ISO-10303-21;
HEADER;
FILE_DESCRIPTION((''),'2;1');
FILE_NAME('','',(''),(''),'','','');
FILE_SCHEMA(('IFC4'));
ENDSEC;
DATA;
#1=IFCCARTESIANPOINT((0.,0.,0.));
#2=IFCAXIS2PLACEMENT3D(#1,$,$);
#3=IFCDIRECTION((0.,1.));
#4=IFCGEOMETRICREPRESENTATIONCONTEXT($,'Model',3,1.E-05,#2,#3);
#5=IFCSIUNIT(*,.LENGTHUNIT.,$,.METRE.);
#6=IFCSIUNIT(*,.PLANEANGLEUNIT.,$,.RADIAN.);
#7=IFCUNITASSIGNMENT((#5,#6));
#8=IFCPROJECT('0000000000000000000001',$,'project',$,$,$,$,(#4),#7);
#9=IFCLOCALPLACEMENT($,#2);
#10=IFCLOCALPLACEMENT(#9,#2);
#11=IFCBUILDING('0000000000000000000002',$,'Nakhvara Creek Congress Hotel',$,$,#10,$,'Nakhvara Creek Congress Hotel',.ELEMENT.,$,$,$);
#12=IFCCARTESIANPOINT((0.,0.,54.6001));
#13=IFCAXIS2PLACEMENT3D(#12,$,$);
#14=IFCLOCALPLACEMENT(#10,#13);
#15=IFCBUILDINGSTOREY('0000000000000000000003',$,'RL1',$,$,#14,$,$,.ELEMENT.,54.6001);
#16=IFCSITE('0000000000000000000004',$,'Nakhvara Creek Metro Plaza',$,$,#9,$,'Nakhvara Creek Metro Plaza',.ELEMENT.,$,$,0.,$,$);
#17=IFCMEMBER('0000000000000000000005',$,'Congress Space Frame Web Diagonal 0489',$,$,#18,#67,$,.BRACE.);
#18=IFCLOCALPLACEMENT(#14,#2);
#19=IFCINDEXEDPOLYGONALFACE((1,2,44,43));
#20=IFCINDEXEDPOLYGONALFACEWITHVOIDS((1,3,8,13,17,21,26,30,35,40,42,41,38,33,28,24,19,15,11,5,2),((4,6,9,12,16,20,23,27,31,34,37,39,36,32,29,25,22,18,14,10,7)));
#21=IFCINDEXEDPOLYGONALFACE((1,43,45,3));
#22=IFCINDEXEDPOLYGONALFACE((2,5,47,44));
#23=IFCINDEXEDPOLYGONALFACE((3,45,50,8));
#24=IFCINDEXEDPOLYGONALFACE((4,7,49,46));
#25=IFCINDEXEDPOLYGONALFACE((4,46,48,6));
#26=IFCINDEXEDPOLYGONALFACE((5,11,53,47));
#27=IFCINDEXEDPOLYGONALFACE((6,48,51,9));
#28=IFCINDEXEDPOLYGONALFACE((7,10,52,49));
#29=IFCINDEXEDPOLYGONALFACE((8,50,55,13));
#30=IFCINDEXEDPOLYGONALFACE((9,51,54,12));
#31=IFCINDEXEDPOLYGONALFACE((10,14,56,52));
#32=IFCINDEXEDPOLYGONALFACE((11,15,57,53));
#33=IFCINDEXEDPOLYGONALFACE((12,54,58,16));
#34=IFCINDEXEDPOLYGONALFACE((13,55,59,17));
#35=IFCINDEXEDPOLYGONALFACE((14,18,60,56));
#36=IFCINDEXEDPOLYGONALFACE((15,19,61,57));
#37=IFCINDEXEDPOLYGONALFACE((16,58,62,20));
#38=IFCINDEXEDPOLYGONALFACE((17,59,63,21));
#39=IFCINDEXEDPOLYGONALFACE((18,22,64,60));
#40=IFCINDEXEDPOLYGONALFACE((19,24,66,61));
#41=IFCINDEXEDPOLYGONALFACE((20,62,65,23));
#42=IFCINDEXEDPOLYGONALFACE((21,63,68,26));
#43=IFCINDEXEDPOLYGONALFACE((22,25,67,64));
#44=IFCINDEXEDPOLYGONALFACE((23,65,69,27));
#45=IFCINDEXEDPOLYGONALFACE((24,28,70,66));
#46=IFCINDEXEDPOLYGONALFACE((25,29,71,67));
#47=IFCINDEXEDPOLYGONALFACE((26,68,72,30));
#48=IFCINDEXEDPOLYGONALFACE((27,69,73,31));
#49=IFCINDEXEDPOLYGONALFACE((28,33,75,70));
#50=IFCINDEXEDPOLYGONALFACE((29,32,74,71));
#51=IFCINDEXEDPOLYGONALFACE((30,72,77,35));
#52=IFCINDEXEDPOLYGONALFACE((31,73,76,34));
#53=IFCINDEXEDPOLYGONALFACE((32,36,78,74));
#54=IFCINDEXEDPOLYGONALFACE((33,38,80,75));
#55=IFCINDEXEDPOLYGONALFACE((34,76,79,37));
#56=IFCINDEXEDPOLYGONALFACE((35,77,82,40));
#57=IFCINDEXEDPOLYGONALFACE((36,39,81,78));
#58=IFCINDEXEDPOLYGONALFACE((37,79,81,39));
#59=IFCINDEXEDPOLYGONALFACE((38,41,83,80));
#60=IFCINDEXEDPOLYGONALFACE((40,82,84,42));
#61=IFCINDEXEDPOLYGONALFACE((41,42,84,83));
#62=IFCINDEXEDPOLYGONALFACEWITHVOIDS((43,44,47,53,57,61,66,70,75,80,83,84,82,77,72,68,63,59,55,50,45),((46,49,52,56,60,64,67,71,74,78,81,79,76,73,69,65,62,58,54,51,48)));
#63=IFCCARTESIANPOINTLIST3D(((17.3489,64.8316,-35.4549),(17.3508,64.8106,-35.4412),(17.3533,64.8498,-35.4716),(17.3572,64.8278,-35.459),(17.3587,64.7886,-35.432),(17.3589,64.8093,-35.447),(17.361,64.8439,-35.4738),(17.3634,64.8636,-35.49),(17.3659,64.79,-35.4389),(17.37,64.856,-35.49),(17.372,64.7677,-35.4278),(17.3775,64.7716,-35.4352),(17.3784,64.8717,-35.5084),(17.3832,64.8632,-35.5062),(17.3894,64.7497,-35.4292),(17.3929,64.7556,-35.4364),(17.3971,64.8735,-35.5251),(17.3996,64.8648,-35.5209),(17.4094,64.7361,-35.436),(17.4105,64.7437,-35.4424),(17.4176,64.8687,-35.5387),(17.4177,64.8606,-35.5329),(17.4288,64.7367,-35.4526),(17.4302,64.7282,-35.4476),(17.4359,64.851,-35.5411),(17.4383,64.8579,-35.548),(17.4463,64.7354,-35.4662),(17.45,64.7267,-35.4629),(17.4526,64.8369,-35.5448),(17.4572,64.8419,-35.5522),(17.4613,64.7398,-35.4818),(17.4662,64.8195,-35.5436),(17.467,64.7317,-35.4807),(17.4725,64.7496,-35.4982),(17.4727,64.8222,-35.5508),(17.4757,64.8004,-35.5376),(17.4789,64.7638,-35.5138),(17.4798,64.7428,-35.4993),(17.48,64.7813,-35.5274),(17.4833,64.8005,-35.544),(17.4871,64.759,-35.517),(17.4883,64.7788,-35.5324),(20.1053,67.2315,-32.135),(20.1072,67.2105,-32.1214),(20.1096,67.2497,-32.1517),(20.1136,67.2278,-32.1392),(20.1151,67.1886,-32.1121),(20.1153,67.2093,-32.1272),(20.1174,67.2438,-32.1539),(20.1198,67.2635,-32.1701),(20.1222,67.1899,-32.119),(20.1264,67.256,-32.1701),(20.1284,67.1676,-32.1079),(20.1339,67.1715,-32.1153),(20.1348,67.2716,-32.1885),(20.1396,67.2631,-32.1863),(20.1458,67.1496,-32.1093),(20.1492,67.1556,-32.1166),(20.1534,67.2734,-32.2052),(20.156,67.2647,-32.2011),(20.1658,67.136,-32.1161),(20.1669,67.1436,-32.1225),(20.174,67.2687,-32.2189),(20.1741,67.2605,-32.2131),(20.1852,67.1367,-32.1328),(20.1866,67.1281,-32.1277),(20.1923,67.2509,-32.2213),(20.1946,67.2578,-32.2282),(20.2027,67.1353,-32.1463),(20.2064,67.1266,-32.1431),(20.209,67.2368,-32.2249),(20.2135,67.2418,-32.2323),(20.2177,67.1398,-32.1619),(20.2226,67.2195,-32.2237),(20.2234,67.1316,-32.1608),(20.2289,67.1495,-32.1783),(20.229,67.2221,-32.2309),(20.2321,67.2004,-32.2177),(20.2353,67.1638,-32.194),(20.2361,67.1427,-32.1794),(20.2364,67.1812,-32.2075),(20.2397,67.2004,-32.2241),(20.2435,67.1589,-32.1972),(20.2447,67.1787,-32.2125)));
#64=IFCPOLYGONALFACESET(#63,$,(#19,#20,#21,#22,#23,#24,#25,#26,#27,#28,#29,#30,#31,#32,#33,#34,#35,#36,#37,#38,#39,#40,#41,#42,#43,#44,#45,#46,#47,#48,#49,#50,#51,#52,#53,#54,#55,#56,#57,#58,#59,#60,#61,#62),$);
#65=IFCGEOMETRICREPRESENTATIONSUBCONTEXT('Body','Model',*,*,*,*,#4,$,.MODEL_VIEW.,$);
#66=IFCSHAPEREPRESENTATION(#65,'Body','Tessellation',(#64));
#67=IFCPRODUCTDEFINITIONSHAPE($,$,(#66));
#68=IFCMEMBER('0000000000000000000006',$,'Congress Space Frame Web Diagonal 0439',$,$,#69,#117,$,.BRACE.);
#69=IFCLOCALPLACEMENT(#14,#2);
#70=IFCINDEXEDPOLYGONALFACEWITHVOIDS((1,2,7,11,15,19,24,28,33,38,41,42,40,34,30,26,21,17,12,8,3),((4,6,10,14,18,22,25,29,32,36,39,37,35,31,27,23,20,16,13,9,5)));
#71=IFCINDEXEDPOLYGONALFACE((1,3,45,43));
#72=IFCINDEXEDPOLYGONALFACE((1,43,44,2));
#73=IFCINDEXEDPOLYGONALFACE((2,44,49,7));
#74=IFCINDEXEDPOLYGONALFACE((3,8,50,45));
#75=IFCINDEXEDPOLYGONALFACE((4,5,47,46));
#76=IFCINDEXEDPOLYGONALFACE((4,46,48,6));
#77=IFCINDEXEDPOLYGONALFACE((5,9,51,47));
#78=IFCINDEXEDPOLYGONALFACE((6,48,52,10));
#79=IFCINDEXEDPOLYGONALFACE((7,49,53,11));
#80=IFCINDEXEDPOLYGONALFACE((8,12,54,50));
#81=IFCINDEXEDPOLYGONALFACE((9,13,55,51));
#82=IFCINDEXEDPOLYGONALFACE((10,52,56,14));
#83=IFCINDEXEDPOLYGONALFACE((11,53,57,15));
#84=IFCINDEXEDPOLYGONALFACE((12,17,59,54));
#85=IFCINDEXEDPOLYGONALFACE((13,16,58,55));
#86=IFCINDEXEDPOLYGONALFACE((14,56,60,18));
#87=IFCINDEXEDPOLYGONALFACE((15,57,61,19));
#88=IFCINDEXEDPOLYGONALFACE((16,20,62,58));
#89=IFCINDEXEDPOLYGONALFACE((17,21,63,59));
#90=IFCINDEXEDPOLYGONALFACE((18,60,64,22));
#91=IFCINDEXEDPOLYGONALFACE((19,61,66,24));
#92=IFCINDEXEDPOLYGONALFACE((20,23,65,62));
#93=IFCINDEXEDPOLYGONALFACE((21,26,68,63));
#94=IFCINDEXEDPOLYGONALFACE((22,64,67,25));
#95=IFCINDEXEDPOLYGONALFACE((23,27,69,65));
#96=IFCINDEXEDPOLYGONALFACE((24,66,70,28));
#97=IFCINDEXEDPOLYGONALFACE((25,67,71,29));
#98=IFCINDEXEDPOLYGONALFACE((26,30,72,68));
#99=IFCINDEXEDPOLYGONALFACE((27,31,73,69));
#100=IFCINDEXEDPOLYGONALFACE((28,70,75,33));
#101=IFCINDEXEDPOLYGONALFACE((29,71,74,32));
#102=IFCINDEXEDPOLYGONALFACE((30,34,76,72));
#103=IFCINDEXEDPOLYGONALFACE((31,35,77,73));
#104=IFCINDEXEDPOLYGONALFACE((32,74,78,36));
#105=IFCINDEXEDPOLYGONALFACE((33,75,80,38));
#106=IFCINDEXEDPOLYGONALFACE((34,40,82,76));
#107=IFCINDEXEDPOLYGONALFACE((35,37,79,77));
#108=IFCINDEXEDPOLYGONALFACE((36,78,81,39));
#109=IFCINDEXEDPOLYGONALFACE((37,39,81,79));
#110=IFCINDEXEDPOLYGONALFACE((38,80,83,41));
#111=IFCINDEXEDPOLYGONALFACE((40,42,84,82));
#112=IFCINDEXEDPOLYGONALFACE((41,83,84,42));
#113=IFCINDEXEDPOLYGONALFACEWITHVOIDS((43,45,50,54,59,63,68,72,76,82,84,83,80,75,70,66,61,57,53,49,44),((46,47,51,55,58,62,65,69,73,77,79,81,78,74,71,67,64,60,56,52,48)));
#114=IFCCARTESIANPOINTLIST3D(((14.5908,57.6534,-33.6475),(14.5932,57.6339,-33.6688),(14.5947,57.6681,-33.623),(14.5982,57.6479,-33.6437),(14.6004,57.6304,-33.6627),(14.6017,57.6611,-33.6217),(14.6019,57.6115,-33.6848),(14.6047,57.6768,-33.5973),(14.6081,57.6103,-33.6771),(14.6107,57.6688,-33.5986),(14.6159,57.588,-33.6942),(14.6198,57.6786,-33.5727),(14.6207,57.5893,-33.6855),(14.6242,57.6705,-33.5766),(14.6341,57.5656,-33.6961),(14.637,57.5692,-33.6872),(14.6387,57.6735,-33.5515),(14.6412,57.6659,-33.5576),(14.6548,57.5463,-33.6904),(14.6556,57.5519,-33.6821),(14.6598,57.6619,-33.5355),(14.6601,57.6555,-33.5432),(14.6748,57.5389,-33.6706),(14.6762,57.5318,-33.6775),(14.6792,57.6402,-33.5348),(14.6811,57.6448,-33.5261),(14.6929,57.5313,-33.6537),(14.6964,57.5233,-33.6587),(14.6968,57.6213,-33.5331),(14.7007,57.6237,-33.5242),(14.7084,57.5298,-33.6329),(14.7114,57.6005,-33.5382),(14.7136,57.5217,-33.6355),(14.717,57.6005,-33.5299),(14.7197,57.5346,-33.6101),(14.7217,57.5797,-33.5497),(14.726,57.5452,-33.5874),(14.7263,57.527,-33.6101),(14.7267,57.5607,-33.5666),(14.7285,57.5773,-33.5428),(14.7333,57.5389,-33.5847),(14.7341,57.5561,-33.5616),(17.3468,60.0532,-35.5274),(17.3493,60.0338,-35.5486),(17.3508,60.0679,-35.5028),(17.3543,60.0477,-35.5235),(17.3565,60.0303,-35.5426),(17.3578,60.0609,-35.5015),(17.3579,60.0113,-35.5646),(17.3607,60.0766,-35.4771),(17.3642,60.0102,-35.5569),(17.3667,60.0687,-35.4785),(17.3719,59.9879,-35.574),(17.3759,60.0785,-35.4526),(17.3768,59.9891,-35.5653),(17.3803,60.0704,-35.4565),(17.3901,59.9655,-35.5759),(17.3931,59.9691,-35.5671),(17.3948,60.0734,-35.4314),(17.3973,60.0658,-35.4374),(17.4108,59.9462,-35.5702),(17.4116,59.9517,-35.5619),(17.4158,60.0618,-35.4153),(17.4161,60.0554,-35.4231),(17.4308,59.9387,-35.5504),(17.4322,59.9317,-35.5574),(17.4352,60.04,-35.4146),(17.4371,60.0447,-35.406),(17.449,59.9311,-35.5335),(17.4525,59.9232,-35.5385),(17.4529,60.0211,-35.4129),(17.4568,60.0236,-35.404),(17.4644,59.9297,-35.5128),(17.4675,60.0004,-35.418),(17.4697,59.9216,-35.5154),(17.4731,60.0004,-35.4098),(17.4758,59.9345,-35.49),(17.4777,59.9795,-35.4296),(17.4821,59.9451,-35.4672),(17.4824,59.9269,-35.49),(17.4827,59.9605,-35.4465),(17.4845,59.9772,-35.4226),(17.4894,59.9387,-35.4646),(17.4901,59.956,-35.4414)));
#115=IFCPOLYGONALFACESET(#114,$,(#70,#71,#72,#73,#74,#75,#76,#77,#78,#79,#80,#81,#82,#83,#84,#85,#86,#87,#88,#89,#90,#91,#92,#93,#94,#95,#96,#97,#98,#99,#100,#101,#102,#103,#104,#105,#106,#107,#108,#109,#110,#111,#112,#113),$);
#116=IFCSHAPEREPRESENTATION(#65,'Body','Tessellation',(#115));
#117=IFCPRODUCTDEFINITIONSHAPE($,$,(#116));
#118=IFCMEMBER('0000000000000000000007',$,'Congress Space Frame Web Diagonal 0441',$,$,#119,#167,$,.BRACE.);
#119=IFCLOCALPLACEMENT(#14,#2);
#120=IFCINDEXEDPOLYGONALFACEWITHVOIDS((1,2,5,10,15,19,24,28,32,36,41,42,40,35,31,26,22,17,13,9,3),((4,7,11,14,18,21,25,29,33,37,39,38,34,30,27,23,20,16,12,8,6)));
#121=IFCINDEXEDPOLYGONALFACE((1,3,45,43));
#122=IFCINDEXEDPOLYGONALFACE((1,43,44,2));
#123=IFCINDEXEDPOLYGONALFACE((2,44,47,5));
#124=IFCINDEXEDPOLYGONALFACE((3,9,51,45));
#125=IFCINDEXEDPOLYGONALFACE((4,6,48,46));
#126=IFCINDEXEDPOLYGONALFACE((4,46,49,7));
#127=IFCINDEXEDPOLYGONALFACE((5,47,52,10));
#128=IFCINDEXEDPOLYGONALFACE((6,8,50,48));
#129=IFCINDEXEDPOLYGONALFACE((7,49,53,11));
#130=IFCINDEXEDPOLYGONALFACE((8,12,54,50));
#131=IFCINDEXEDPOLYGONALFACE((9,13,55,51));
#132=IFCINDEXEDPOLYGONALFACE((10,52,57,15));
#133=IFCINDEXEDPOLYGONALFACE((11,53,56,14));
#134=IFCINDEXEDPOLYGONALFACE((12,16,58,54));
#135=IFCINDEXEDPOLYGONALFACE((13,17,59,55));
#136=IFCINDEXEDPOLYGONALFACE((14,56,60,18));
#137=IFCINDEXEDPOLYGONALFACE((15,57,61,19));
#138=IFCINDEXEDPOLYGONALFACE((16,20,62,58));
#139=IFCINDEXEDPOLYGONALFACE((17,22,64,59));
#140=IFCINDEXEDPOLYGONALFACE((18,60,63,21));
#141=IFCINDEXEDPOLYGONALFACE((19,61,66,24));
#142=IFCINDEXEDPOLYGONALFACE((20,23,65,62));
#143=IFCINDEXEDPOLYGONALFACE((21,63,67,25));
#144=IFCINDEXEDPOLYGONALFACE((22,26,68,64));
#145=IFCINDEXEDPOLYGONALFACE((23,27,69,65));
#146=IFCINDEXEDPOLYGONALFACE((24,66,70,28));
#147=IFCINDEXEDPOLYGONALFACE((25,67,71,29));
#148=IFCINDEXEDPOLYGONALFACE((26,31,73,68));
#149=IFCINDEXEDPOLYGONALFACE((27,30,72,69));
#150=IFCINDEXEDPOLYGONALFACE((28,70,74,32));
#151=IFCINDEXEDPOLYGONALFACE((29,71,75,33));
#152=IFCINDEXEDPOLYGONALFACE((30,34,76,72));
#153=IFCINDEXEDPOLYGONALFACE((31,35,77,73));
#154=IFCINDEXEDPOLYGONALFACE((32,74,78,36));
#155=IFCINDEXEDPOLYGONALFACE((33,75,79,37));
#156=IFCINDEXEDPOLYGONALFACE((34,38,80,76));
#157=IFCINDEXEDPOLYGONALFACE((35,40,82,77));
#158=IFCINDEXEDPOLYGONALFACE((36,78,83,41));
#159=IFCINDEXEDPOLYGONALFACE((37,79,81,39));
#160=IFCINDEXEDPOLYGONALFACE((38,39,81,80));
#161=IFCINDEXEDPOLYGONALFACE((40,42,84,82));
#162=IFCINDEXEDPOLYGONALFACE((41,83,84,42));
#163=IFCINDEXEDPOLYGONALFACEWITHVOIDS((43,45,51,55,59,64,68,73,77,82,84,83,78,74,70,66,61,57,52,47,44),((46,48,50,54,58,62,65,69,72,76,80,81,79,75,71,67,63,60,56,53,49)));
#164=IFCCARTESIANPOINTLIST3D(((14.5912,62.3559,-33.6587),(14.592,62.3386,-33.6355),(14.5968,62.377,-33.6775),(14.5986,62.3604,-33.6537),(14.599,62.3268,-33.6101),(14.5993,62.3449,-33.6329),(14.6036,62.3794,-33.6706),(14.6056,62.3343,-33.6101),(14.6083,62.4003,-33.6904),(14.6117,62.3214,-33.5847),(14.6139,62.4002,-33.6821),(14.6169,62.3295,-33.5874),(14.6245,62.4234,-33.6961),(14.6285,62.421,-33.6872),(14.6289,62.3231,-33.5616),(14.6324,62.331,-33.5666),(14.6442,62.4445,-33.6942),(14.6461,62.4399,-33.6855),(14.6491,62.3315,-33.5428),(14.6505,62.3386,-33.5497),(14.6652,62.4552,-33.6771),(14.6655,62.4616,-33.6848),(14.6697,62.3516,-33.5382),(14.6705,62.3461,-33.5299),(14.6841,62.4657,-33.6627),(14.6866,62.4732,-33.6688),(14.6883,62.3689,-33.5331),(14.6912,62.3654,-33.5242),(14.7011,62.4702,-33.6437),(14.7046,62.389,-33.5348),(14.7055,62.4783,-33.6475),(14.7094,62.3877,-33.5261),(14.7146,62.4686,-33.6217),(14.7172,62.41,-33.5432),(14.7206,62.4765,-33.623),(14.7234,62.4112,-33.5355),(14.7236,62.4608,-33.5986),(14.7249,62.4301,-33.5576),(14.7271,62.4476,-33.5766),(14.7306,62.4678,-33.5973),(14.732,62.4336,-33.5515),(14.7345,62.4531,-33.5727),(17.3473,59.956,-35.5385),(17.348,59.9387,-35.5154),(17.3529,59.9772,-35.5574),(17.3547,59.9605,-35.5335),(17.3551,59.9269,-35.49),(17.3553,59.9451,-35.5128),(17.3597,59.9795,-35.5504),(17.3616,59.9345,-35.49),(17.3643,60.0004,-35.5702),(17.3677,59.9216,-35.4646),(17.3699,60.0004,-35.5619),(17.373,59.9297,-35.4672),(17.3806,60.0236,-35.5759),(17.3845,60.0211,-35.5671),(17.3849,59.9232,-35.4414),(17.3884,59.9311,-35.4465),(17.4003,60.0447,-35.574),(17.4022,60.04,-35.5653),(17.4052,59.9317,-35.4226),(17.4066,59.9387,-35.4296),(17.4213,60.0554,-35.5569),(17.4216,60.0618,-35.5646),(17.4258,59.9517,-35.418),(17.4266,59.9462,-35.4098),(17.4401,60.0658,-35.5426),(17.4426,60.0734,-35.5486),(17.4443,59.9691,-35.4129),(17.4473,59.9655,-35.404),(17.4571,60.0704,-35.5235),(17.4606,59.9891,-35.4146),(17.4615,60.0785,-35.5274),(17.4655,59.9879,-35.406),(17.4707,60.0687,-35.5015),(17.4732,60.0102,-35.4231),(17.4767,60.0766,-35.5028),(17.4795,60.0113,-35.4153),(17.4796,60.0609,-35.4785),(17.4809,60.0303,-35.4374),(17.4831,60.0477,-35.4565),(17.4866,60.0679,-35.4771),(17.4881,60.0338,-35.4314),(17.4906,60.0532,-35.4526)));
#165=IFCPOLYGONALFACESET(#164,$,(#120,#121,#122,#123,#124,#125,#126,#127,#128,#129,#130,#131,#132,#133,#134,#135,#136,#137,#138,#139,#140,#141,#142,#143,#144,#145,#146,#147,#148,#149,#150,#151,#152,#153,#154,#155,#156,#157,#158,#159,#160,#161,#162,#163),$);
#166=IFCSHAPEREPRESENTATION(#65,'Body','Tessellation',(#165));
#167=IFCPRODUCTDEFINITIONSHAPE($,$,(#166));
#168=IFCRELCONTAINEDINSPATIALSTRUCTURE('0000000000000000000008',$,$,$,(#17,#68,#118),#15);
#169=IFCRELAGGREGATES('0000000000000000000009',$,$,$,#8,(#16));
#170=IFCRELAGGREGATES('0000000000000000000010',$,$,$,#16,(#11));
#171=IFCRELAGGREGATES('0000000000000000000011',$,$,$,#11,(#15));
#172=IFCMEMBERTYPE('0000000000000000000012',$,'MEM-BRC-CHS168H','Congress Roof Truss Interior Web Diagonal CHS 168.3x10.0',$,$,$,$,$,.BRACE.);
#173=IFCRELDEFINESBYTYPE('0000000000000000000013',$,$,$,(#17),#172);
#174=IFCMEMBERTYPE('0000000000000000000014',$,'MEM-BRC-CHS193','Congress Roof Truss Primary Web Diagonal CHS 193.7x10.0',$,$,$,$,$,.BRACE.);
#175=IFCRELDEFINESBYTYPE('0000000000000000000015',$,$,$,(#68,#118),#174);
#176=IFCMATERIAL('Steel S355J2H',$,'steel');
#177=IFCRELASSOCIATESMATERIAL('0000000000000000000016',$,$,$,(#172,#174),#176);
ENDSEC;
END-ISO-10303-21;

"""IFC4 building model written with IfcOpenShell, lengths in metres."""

from ifc_helpers import new_model, si_unit, direction, frame, origin, origin_2d, place, context, subcontext, project, spatial, hollow_circle, extrude, material, material_profile, profile_set, type_object, element, save


model = new_model("IFC4")

# Units and contexts
model_context = context("Model", 3, precision=1e-05, world=origin(), true_north=direction((0.0, 1.0)))
body_context = subcontext(model_context, "Body", "Model", "MODEL_VIEW")
ifc_project = project(units=[si_unit("LENGTHUNIT", "METRE"), si_unit("PLANEANGLEUNIT", "RADIAN")], contexts=[model_context])

# Site, building, storey
site_placement = place(None, origin())
site = spatial("IfcSite", under=ifc_project, at=site_placement, Name="Nakhvara Creek Metro Plaza", LongName="Nakhvara Creek Metro Plaza", CompositionType="ELEMENT", RefElevation=0.0)
building_placement = place(site_placement, origin())
building = spatial("IfcBuilding", under=site, at=building_placement, Name="Nakhvara Creek Congress Hotel", LongName="Nakhvara Creek Congress Hotel", CompositionType="ELEMENT")
storey_placement = place(building_placement, frame((0.0, 0.0, 54.6001)))
storey = spatial("IfcBuildingStorey", under=building, at=storey_placement, Name="RL1", CompositionType="ELEMENT", Elevation=54.6001)

# Members
ifc_material_1 = material(Name="Steel S355J2H", Category="steel")
ifc_material_profile_1 = material_profile(ifc_material_1, hollow_circle(Radius=0.0842, WallThickness=0.01, at=origin_2d()), Name="CHS 168.3x10.0", Category="LoadBearing")
ifc_profile_set_1 = profile_set([ifc_material_profile_1], Name="Steel S355J2H")
member_type_1 = type_object("IfcMemberType", Name="MEM-BRC-CHS168H", Description="Congress Roof Truss Interior Web Diagonal CHS 168.3x10.0", PredefinedType="BRACE", material=ifc_profile_set_1)
for number, where, z_axis, x_axis, name in (
    (1, (17.4187, 64.8, -35.49), (0.558256, 0.486063, 0.672379), (-0.656658, 0.754188, 0.0), "Congress Space Frame Web Diagonal 0489"),
):
    element("IfcMember", number, at=place(storey_placement, frame(where, z_axis=z_axis, x_axis=x_axis)), inside=storey, type_object=member_type_1, Name=name, PredefinedType="BRACE", context=body_context, shape_type="SweptSolid", body=[
        extrude(hollow_circle(Radius=0.0842, WallThickness=0.01, at=origin_2d()), origin(), (0.0, 0.0, 1.0), 4.9375),
    ])
ifc_material_profile_2 = material_profile(ifc_material_1, hollow_circle(Radius=0.0969, WallThickness=0.01, at=origin_2d()), Name="CHS 193.7x10.0", Category="LoadBearing")
ifc_profile_set_2 = profile_set([ifc_material_profile_2], Name="Steel S355J2H")
member_type_2 = type_object("IfcMemberType", Name="MEM-BRC-CHS193", Description="Congress Roof Truss Primary Web Diagonal CHS 193.7x10.0", PredefinedType="BRACE", material=ifc_profile_set_2)
for number, where, z_axis, x_axis, name in (
    (2, (17.4187, 60.0, -35.49), (-0.670634, -0.583961, 0.457426), (0.656691, -0.75416, 0.0), "Congress Space Frame Web Diagonal 0439"),
    (3, (17.4187, 60.0, -35.49), (-0.670634, 0.583961, 0.457426), (-0.656691, -0.75416, 0.0), "Congress Space Frame Web Diagonal 0441"),
):
    element("IfcMember", number, at=place(storey_placement, frame(where, z_axis=z_axis, x_axis=x_axis)), inside=storey, type_object=member_type_2, Name=name, PredefinedType="BRACE", context=body_context, shape_type="SweptSolid", body=[
        extrude(hollow_circle(Radius=0.0969, WallThickness=0.01, at=origin_2d()), origin(), (0.0, 0.0, 1.0), 4.1096),
    ])

save(model, "model.ifc")
